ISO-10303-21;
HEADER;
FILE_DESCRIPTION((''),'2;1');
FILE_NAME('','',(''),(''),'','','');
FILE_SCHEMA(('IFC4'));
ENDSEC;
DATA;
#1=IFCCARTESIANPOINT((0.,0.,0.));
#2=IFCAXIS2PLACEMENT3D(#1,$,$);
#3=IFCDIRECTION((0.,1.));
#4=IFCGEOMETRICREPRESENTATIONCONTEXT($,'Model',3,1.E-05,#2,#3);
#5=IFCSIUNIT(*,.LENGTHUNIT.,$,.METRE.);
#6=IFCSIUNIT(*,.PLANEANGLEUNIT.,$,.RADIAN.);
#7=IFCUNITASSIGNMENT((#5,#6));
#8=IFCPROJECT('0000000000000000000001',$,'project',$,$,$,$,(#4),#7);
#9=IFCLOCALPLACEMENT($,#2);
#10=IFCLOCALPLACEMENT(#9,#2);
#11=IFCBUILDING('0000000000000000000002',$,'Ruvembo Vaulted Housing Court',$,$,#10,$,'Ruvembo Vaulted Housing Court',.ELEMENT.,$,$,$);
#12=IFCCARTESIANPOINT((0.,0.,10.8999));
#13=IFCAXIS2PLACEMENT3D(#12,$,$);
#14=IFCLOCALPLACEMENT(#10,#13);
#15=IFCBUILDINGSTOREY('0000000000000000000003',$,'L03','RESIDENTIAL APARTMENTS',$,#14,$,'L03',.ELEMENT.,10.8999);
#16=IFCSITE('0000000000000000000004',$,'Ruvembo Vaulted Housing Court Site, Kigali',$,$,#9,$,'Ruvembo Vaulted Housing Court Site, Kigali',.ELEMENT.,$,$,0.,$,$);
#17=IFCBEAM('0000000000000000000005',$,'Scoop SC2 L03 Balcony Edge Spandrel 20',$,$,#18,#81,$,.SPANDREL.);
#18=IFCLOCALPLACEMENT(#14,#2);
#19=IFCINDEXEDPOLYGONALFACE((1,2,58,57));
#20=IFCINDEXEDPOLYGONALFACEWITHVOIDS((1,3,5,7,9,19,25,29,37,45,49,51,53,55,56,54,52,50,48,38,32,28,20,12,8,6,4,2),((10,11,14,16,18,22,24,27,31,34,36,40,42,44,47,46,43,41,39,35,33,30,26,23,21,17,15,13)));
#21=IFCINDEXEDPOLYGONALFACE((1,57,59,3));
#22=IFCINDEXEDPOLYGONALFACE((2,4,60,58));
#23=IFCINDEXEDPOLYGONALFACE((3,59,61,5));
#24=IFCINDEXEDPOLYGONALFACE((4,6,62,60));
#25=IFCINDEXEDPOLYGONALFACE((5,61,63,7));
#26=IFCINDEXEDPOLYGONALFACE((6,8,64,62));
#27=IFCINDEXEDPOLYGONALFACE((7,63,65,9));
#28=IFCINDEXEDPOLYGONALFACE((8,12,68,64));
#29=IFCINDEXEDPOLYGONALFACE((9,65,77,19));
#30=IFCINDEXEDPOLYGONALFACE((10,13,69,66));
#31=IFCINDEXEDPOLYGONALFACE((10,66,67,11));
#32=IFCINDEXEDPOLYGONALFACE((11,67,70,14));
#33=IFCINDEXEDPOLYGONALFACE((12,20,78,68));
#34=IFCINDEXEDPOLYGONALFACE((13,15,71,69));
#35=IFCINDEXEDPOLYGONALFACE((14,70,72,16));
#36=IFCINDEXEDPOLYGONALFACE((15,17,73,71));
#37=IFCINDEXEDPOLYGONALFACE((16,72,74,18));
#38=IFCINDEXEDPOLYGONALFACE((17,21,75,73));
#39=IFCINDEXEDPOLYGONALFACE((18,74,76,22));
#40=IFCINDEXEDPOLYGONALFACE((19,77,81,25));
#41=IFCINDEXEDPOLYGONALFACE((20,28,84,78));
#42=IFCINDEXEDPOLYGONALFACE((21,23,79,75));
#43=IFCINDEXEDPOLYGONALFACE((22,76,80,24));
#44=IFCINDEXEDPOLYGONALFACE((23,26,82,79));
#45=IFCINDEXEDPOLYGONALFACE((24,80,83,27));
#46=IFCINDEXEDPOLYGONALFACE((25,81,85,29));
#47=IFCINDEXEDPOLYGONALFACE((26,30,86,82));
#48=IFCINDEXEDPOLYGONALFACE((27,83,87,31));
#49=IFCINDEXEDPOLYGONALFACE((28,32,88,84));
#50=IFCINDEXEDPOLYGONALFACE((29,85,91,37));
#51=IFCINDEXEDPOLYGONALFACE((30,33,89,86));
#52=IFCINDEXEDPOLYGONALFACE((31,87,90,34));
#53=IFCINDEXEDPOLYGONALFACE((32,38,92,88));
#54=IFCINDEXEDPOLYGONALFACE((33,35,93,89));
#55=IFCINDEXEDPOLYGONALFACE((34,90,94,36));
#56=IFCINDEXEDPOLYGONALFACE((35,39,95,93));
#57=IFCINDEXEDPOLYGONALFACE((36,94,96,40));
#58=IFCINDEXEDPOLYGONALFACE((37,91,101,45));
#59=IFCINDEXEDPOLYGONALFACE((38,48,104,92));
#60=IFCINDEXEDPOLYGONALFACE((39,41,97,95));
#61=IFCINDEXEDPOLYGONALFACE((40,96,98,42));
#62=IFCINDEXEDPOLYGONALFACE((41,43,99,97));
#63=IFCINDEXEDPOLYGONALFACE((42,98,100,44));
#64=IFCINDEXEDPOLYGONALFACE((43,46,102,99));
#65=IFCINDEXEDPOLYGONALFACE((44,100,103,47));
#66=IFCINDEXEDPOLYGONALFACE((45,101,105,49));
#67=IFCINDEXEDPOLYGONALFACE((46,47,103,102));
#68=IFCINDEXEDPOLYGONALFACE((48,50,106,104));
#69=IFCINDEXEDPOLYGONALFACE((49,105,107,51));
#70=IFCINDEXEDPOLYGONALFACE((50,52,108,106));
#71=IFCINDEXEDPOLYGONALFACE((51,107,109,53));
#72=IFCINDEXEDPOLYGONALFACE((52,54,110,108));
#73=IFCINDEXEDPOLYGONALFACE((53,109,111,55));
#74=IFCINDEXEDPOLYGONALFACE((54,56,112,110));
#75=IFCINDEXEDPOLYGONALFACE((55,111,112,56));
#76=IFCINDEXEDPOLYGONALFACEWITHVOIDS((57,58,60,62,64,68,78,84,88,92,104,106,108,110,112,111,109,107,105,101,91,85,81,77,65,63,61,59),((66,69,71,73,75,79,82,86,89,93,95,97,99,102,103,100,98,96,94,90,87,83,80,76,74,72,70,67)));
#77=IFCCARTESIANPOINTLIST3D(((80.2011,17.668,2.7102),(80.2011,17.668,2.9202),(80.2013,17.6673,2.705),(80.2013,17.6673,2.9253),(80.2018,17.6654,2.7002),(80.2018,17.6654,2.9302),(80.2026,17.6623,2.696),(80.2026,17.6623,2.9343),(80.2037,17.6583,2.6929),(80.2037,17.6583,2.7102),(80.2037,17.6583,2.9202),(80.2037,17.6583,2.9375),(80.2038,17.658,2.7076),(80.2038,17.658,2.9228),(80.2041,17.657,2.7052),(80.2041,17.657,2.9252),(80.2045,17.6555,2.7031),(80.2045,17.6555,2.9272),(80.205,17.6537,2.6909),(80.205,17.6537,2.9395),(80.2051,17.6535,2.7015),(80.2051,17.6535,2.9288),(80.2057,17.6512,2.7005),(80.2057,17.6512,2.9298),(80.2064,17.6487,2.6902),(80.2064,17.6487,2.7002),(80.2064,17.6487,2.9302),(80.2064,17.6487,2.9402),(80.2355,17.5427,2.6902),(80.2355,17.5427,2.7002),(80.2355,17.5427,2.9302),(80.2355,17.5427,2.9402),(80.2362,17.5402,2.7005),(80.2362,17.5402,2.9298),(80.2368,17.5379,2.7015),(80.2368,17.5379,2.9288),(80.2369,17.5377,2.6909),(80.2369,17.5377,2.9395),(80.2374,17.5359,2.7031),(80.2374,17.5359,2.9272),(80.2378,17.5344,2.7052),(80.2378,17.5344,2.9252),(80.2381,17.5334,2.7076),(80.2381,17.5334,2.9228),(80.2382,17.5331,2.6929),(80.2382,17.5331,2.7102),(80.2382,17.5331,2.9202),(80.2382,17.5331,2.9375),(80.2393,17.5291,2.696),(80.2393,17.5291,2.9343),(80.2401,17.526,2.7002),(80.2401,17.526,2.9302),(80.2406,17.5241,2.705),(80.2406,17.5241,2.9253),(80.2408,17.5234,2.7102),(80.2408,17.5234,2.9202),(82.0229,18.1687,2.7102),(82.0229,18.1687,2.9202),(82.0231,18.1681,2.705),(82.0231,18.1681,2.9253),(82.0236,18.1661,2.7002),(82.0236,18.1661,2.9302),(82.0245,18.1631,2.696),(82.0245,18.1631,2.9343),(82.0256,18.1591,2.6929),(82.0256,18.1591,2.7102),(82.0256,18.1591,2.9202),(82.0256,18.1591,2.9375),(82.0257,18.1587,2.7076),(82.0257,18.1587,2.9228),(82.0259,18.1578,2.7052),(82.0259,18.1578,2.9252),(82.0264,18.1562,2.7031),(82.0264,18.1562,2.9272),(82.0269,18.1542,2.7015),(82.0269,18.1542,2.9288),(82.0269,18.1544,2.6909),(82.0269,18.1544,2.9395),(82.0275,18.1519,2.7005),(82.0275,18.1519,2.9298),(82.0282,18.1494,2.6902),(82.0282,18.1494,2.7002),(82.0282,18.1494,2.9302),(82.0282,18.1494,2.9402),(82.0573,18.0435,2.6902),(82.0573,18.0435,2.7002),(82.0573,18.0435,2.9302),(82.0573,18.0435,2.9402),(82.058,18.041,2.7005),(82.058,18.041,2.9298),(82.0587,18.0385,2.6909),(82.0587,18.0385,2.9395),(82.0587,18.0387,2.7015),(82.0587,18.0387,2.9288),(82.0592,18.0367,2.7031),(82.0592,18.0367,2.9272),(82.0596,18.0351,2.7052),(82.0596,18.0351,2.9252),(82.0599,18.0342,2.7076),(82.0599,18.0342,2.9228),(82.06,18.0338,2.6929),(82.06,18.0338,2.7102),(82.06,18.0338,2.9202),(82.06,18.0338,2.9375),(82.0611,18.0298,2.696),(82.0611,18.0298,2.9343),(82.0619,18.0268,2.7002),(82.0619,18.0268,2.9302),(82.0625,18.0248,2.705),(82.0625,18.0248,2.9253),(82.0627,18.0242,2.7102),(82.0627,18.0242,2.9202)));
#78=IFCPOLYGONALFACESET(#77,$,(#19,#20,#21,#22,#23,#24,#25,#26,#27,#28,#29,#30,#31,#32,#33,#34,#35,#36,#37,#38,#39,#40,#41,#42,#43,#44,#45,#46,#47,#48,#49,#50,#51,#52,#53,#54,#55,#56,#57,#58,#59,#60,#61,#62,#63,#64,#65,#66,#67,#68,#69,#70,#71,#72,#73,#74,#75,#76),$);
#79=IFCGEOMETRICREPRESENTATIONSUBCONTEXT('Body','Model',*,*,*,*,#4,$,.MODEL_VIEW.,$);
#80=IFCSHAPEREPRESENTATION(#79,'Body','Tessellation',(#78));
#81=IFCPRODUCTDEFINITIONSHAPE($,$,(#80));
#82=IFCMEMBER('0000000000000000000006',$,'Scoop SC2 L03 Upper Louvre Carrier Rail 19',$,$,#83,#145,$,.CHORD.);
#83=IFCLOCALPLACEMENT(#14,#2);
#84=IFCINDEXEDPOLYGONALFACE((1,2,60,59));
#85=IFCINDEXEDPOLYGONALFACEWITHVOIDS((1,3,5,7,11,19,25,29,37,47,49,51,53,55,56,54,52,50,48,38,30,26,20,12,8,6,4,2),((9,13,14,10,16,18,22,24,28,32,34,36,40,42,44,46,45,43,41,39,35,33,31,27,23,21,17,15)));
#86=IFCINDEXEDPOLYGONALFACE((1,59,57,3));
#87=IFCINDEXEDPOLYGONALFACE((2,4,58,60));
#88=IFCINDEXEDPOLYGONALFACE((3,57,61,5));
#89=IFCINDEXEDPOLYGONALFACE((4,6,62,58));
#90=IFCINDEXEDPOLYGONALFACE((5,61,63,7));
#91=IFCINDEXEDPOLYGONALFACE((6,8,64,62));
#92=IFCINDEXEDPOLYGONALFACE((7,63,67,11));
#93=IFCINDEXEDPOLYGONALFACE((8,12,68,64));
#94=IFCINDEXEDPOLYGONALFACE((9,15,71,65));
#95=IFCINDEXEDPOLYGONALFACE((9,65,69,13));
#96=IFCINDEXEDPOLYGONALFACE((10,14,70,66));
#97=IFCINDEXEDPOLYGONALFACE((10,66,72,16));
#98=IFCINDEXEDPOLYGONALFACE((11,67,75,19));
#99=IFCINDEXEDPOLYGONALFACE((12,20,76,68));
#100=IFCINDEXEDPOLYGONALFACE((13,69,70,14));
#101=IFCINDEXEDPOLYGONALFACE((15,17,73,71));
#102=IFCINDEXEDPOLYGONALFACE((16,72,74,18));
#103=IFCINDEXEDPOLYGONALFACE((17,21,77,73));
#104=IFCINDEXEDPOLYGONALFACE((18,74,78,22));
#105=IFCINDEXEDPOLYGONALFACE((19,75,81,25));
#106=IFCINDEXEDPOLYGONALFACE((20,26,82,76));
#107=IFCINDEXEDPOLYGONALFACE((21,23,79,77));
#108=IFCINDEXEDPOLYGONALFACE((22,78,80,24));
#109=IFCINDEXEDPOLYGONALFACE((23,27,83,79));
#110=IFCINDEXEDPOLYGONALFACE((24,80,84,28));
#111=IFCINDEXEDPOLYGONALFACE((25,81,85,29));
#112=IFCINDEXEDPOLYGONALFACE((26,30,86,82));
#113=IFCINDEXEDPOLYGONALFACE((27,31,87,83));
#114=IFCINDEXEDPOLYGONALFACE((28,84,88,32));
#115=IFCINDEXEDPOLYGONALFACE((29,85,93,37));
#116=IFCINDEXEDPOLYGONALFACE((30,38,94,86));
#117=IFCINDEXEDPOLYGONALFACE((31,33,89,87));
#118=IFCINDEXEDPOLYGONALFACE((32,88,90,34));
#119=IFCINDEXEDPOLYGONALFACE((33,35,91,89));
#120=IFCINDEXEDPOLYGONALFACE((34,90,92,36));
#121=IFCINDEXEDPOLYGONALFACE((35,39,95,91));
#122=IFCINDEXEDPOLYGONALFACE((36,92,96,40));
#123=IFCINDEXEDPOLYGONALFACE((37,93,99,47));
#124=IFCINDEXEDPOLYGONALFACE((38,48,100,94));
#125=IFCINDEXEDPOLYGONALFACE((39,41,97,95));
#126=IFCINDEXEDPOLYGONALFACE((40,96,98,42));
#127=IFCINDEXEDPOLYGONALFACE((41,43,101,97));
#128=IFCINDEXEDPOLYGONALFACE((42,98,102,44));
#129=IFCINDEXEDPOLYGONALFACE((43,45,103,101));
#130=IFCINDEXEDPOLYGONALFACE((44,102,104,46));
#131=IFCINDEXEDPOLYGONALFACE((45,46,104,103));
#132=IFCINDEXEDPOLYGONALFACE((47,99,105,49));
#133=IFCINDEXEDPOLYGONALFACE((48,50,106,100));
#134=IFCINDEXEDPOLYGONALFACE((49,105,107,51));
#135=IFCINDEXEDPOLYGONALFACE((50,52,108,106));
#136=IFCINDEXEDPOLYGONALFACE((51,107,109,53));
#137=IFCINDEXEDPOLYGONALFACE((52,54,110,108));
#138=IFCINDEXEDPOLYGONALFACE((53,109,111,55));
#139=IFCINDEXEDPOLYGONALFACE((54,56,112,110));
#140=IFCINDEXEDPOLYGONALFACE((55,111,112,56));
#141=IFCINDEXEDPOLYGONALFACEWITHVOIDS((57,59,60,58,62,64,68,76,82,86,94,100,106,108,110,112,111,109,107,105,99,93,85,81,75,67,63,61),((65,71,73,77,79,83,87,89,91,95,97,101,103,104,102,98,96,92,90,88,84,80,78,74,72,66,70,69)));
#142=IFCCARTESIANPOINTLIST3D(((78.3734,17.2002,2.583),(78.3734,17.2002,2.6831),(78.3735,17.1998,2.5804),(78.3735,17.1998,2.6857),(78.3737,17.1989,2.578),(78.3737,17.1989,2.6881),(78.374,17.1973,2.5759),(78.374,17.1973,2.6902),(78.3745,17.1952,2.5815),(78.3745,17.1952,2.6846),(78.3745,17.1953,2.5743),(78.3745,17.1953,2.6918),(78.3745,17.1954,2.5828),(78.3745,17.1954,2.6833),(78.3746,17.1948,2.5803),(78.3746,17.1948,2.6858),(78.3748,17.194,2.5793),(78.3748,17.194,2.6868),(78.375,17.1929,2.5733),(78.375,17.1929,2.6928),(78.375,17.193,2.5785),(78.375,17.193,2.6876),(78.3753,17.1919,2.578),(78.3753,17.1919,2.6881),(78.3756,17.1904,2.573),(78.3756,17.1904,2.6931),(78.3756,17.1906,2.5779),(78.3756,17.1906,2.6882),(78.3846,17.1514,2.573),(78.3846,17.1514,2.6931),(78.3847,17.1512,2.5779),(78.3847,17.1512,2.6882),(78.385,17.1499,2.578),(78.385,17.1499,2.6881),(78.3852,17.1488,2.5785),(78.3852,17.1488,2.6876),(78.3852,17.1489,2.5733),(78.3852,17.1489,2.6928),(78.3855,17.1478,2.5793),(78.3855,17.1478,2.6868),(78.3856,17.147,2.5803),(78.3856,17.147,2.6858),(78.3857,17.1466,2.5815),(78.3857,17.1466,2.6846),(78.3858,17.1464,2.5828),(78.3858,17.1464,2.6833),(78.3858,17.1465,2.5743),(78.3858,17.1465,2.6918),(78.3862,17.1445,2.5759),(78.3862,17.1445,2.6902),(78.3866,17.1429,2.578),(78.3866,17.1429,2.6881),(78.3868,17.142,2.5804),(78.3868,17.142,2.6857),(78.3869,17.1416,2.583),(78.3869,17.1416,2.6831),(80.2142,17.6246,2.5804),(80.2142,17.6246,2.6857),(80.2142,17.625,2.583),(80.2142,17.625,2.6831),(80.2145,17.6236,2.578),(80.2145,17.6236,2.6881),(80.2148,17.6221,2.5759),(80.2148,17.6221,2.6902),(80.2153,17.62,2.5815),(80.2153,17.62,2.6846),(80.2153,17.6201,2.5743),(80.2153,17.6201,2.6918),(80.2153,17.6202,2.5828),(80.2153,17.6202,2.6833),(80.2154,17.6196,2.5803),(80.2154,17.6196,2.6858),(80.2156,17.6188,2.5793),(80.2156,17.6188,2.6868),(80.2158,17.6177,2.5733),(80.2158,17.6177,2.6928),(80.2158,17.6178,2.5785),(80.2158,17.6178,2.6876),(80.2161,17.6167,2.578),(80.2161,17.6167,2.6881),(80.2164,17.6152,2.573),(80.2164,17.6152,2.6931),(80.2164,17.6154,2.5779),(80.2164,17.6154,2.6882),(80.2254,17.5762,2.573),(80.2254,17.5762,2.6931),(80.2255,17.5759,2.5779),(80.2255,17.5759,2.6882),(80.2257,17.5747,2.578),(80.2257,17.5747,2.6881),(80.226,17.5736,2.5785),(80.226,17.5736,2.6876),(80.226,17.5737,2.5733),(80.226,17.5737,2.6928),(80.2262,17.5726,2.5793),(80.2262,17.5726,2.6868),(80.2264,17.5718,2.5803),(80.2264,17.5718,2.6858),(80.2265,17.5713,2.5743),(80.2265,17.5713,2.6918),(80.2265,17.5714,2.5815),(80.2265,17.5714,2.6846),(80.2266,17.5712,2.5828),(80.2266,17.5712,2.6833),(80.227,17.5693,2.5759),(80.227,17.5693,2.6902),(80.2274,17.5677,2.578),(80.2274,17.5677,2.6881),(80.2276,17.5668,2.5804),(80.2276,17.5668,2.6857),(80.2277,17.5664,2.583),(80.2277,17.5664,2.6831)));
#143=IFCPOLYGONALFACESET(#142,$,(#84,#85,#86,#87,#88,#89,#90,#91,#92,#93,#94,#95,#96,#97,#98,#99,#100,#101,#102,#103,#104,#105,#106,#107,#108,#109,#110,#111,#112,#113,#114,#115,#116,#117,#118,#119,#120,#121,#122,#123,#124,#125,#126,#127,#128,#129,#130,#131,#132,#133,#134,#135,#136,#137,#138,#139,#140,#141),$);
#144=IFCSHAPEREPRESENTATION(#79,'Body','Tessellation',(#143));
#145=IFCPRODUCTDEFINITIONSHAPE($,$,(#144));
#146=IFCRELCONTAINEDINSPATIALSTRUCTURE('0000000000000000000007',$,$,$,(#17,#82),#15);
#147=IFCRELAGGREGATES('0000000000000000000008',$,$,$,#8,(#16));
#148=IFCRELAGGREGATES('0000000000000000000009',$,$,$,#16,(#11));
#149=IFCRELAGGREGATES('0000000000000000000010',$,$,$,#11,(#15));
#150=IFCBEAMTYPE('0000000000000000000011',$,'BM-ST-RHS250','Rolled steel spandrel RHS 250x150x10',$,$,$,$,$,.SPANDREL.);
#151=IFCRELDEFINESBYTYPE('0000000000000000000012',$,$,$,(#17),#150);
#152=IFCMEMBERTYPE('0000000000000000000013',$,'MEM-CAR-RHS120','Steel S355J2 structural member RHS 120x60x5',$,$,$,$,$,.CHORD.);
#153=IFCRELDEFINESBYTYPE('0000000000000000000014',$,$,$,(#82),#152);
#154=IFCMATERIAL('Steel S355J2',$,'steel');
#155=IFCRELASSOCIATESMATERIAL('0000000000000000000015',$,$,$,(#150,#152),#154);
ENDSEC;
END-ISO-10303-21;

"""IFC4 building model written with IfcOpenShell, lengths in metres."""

from ifc_helpers import new_model, si_unit, direction, frame, origin, origin_2d, place, context, subcontext, project, spatial, hollow_rectangle, extrude, material, material_profile, profile_set, type_object, element, save


model = new_model("IFC4")

# Units and contexts
model_context = context("Model", 3, precision=1e-05, world=origin(), true_north=direction((0.0, 1.0)))
body_context = subcontext(model_context, "Body", "Model", "MODEL_VIEW")
ifc_project = project(units=[si_unit("LENGTHUNIT", "METRE"), si_unit("PLANEANGLEUNIT", "RADIAN")], contexts=[model_context])

# Site, building, storey
site_placement = place(None, origin())
site = spatial("IfcSite", under=ifc_project, at=site_placement, Name="Ruvembo Vaulted Housing Court Site, Kigali", LongName="Ruvembo Vaulted Housing Court Site, Kigali", CompositionType="ELEMENT", RefElevation=0.0)
building_placement = place(site_placement, origin())
building = spatial("IfcBuilding", under=site, at=building_placement, Name="Ruvembo Vaulted Housing Court", LongName="Ruvembo Vaulted Housing Court", CompositionType="ELEMENT")
storey_placement = place(building_placement, frame((0.0, 0.0, 10.8999)))
storey = spatial("IfcBuildingStorey", under=building, at=storey_placement, Name="L03", Description="RESIDENTIAL APARTMENTS", LongName="L03", CompositionType="ELEMENT", Elevation=10.8999)

# Beam
ifc_material_1 = material(Name="Steel S355J2", Category="steel")
ifc_material_profile_1 = material_profile(ifc_material_1, hollow_rectangle(XDim=0.1499, YDim=0.25, WallThickness=0.01, InnerFilletRadius=0.01, OuterFilletRadius=0.02, at=origin_2d()), Name="RHS 250x150x10")
ifc_profile_set_1 = profile_set([ifc_material_profile_1], Name="Steel S355J2")
beam_type_1 = type_object("IfcBeamType", Name="BM-ST-RHS250", Description="Rolled steel spandrel RHS 250x150x10", PredefinedType="SPANDREL", material=ifc_profile_set_1)
beam_1_placement = place(storey_placement, frame((80.2209, 17.5957, 2.8152), z_axis=(0.96424, 0.26503, 0.0), x_axis=(-0.26503, 0.96424, 0.0)))
element("IfcBeam", 1, at=beam_1_placement, inside=storey, type_object=beam_type_1, Name="Scoop SC2 L03 Balcony Edge Spandrel 20", PredefinedType="SPANDREL", context=body_context, shape_type="SweptSolid", body=[
    extrude(hollow_rectangle(XDim=0.1499, YDim=0.25, WallThickness=0.01, InnerFilletRadius=0.01, OuterFilletRadius=0.02, at=origin_2d()), origin(), (0.0, 0.0, 1.0), 1.8894),
])

# Member
ifc_material_profile_2 = material_profile(ifc_material_1, hollow_rectangle(XDim=0.0601, YDim=0.1201, WallThickness=0.0049, InnerFilletRadius=0.0049, OuterFilletRadius=0.01, at=origin_2d()), Name="RHS 120x60x5")
ifc_profile_set_2 = profile_set([ifc_material_profile_2], Name="Steel S355J2")
member_type_1 = type_object("IfcMemberType", Name="MEM-CAR-RHS120", Description="Steel S355J2 structural member RHS 120x60x5", PredefinedType="CHORD", material=ifc_profile_set_2)
member_1_placement = place(storey_placement, frame((78.3801, 17.1709, 2.6331), z_axis=(0.974391, 0.22486, 0.0), x_axis=(-0.22486, 0.974391, 0.0)))
element("IfcMember", 2, at=member_1_placement, inside=storey, type_object=member_type_1, Name="Scoop SC2 L03 Upper Louvre Carrier Rail 19", PredefinedType="CHORD", context=body_context, shape_type="SweptSolid", body=[
    extrude(hollow_rectangle(XDim=0.0601, YDim=0.1201, WallThickness=0.0049, InnerFilletRadius=0.0049, OuterFilletRadius=0.01, at=origin_2d()), origin(), (0.0, 0.0, 1.0), 1.8892),
])

save(model, "model.ifc")
